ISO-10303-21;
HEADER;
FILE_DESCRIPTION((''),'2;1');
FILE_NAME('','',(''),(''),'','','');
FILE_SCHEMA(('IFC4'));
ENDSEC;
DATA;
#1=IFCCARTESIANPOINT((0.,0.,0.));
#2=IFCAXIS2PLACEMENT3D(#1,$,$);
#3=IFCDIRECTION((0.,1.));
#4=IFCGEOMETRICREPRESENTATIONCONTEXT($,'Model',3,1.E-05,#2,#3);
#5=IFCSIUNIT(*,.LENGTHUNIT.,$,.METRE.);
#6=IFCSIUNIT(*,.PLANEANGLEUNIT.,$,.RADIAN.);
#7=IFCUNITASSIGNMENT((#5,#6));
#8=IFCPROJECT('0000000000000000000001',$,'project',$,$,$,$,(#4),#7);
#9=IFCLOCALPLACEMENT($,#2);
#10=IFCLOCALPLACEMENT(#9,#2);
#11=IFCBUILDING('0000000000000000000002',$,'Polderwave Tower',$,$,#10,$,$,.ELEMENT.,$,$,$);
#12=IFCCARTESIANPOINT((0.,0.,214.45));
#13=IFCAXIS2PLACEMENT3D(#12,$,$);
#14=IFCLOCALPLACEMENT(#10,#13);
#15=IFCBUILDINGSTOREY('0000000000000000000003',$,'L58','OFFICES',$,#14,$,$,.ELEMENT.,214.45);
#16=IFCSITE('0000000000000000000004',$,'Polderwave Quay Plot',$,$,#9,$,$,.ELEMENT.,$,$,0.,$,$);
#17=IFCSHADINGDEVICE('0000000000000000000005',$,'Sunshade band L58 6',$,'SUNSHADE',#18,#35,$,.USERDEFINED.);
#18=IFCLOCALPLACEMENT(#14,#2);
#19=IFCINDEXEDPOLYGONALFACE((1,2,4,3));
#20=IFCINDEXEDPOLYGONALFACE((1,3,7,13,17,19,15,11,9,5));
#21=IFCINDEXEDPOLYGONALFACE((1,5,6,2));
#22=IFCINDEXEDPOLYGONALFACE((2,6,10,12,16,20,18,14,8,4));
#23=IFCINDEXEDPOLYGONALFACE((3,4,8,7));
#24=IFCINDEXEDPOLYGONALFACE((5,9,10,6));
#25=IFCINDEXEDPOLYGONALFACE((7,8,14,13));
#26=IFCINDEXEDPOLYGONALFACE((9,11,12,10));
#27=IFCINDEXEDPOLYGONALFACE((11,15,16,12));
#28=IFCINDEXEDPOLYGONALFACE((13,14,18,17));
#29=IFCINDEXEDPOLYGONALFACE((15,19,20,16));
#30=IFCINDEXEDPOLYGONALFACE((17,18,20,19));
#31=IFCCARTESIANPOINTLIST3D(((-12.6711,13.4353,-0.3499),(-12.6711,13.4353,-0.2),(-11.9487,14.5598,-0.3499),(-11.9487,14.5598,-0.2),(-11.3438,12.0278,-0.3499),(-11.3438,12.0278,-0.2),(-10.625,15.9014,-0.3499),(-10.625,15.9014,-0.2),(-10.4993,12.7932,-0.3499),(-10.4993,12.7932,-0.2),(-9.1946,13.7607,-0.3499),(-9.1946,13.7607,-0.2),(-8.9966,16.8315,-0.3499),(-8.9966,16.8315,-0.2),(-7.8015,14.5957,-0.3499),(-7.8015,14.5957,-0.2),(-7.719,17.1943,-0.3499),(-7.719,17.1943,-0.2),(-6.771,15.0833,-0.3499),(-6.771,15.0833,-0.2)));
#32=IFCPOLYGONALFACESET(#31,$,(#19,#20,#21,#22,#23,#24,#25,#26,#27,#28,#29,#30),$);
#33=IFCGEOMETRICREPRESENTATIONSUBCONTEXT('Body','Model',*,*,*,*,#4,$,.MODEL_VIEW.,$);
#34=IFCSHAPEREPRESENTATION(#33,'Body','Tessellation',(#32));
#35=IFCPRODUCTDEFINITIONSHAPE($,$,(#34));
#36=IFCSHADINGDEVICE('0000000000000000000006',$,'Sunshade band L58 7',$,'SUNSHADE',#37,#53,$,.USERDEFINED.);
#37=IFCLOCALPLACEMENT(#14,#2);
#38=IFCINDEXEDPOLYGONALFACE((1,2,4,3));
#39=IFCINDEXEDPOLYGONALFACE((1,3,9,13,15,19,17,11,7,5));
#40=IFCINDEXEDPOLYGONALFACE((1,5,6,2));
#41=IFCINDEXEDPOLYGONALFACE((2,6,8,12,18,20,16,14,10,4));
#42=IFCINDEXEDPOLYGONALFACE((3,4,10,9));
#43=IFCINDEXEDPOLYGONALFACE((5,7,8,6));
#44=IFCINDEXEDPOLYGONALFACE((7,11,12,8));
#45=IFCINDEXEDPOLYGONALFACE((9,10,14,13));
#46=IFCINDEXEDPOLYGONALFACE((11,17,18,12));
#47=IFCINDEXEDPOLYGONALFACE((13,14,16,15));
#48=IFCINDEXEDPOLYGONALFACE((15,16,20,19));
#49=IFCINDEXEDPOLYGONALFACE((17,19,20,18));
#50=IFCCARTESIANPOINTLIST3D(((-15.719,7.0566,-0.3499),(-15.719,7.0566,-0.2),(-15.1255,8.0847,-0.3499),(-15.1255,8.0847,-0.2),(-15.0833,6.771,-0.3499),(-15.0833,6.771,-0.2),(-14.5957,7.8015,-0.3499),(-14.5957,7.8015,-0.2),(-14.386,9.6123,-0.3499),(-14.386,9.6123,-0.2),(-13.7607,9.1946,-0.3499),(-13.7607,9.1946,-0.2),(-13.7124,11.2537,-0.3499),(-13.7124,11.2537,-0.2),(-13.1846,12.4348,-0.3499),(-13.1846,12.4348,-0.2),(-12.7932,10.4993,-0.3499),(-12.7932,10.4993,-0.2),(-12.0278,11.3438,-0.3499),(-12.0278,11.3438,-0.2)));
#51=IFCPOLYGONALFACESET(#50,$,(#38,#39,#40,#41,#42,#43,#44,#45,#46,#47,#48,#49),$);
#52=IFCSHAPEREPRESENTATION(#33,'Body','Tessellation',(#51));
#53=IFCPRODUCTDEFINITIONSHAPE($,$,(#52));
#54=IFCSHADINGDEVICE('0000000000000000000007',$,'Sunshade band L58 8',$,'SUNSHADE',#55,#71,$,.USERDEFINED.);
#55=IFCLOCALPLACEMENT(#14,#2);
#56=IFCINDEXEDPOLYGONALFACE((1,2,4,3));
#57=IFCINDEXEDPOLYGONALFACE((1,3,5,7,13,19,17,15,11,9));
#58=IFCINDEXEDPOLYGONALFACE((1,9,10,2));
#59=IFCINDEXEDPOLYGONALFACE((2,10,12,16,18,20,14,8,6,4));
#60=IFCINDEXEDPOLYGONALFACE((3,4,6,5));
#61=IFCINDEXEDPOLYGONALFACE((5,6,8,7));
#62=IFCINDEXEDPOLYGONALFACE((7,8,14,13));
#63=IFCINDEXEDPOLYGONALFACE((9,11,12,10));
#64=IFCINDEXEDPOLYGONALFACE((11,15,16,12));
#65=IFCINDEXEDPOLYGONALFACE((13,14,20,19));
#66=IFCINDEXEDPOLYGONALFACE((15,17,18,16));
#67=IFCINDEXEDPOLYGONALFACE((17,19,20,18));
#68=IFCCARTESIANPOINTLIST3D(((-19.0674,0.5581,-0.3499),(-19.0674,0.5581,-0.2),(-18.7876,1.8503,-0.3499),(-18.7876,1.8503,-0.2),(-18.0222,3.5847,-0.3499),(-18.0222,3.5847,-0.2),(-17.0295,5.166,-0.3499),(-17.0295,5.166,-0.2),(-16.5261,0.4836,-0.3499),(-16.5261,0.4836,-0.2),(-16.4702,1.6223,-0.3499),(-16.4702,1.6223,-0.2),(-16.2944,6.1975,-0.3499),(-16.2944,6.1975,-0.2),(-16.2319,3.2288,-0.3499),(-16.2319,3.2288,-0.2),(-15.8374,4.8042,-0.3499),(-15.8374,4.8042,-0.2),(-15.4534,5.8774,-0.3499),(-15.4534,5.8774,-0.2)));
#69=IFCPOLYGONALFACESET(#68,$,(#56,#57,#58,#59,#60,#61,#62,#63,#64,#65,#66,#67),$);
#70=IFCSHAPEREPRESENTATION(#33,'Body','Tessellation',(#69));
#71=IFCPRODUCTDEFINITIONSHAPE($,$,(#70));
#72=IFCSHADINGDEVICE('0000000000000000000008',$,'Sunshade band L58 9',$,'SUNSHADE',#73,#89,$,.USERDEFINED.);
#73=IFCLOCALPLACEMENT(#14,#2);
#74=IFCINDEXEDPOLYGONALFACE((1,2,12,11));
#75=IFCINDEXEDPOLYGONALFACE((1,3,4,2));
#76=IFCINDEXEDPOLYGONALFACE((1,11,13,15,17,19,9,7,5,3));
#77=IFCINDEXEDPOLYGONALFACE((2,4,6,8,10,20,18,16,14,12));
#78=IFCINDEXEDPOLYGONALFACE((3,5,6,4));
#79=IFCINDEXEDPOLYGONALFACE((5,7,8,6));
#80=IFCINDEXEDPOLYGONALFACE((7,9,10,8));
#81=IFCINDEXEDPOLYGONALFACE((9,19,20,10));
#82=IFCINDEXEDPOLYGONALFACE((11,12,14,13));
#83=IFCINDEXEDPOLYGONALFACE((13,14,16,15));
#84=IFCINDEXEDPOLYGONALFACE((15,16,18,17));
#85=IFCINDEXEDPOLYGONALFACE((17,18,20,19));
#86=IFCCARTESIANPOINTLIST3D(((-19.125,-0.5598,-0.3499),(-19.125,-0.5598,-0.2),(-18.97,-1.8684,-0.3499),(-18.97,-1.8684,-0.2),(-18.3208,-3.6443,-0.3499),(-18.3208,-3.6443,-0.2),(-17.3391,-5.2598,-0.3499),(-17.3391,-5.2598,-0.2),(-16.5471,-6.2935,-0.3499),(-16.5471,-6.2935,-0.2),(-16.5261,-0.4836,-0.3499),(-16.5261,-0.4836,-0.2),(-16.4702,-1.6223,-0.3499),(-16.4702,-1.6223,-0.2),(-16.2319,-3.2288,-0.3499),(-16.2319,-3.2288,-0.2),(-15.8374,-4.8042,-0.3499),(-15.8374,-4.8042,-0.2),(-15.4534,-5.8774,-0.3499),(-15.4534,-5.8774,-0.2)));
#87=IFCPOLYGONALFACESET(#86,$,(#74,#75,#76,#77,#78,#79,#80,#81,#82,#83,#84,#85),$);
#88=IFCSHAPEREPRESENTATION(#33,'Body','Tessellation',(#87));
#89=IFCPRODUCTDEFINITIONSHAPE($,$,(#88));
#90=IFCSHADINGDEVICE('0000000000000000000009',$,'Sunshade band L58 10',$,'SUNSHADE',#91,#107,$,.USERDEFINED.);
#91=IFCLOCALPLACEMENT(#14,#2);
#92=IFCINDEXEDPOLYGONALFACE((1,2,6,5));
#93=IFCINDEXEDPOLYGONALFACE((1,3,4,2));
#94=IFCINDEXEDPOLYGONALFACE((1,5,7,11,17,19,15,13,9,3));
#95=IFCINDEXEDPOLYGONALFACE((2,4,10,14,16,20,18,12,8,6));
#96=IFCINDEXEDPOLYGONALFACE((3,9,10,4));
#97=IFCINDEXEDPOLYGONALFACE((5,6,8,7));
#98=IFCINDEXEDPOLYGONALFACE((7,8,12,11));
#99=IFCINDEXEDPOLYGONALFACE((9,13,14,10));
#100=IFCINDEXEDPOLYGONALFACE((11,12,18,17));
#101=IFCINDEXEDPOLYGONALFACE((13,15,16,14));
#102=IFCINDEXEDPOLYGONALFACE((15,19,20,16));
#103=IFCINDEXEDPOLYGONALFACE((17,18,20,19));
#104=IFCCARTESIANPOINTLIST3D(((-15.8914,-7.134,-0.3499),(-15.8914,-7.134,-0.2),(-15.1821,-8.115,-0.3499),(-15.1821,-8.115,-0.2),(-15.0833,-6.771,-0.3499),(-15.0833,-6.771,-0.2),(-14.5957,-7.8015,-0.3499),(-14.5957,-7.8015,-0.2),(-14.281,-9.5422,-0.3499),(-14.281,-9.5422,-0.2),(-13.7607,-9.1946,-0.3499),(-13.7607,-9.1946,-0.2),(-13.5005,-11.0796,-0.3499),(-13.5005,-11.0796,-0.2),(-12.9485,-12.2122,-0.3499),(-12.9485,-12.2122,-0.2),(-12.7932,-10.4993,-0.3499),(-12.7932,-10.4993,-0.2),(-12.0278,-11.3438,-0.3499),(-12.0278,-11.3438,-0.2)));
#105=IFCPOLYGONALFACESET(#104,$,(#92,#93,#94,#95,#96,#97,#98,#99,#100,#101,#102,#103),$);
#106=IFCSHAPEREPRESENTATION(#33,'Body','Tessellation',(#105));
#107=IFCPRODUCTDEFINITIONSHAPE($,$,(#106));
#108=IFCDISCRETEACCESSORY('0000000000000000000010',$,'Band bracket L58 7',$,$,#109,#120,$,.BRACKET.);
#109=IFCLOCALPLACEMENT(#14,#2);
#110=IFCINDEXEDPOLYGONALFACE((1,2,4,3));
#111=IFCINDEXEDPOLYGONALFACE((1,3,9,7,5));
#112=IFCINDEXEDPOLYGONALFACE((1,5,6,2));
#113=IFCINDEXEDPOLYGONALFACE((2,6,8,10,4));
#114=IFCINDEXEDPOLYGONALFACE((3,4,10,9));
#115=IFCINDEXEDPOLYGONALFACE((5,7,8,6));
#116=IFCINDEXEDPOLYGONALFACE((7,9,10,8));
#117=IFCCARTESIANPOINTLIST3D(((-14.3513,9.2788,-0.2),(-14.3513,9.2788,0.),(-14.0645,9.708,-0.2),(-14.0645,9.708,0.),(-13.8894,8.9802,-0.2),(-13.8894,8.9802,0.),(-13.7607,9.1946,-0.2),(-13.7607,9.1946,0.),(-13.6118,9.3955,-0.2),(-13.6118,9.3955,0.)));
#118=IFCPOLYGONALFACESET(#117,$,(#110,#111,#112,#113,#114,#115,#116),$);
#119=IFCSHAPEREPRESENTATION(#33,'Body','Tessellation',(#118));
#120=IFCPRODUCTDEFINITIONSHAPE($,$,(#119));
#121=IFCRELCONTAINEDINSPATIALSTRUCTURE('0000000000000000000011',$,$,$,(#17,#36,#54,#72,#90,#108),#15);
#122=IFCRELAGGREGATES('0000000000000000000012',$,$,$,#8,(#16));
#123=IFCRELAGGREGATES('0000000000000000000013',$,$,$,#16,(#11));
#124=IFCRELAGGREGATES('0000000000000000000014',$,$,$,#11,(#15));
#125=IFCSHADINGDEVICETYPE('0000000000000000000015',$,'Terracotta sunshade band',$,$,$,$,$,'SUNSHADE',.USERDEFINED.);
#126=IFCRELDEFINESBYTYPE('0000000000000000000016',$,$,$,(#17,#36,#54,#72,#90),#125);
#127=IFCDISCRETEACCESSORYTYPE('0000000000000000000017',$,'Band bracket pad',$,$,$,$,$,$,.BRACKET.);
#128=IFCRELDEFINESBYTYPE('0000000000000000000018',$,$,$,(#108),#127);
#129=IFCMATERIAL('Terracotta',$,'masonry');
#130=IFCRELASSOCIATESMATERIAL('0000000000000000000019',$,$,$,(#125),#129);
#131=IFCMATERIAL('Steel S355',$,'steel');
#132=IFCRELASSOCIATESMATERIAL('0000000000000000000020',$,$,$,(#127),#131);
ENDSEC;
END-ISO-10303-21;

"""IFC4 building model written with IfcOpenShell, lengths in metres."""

from ifc_helpers import new_model, si_unit, direction, frame, origin, place, context, subcontext, project, spatial, polyline, outline, extrude, material, type_object, element, save


model = new_model("IFC4")

# Units and contexts
model_context = context("Model", 3, precision=1e-05, world=origin(), true_north=direction((0.0, 1.0)))
body_context = subcontext(model_context, "Body", "Model", "MODEL_VIEW")
ifc_project = project(units=[si_unit("LENGTHUNIT", "METRE"), si_unit("PLANEANGLEUNIT", "RADIAN")], contexts=[model_context])

# Site, building, storey
site_placement = place(None, origin())
site = spatial("IfcSite", under=ifc_project, at=site_placement, Name="Polderwave Quay Plot", CompositionType="ELEMENT", RefElevation=0.0)
building_placement = place(site_placement, origin())
building = spatial("IfcBuilding", under=site, at=building_placement, Name="Polderwave Tower", CompositionType="ELEMENT")
storey_placement = place(building_placement, frame((0.0, 0.0, 214.45)))
storey = spatial("IfcBuildingStorey", under=building, at=storey_placement, Name="L58", Description="OFFICES", CompositionType="ELEMENT", Elevation=214.45)

# Shading devices
ifc_material_1 = material(Name="Terracotta", Category="masonry")
shading_device_type = type_object("IfcShadingDeviceType", Name="Terracotta sunshade band", ElementType="SUNSHADE", PredefinedType="USERDEFINED", material=ifc_material_1)
shading_device_1_placement = place(storey_placement, frame((0.0, 0.0, -0.3499)))
element("IfcShadingDevice", 1, at=shading_device_1_placement, inside=storey, type_object=shading_device_type, Name="Sunshade band L58 6", ObjectType="SUNSHADE", PredefinedType="USERDEFINED", context=body_context, shape_type="SweptSolid", body=[
    extrude(outline(polyline([(-6.771, 15.0833), (-7.8015, 14.5957), (-9.1946, 13.7607), (-10.4993, 12.7932), (-11.3438, 12.0278), (-12.6711, 13.4353), (-11.9487, 14.5598), (-10.625, 15.9014), (-8.9966, 16.8315), (-7.719, 17.1943), (-6.771, 15.0833)])), origin(), (0.0, 0.0, 1.0), 0.1499),
])
shading_device_2_placement = place(storey_placement, frame((0.0, 0.0, -0.3499)))
element("IfcShadingDevice", 2, at=shading_device_2_placement, inside=storey, type_object=shading_device_type, Name="Sunshade band L58 7", ObjectType="SUNSHADE", PredefinedType="USERDEFINED", context=body_context, shape_type="SweptSolid", body=[
    extrude(outline(polyline([(-12.0278, 11.3438), (-12.7932, 10.4993), (-13.7607, 9.1946), (-14.5957, 7.8015), (-15.0833, 6.771), (-15.719, 7.0566), (-15.1255, 8.0847), (-14.386, 9.6123), (-13.7124, 11.2537), (-13.1846, 12.4348), (-12.0278, 11.3438)])), origin(), (0.0, 0.0, 1.0), 0.1499),
])
shading_device_3_placement = place(storey_placement, frame((0.0, 0.0, -0.3499)))
element("IfcShadingDevice", 3, at=shading_device_3_placement, inside=storey, type_object=shading_device_type, Name="Sunshade band L58 8", ObjectType="SUNSHADE", PredefinedType="USERDEFINED", context=body_context, shape_type="SweptSolid", body=[
    extrude(outline(polyline([(-15.4534, 5.8774), (-15.8374, 4.8042), (-16.2319, 3.2288), (-16.4702, 1.6223), (-16.5261, 0.4836), (-19.0674, 0.5581), (-18.7876, 1.8503), (-18.0222, 3.5847), (-17.0295, 5.166), (-16.2944, 6.1975), (-15.4534, 5.8774)])), origin(), (0.0, 0.0, 1.0), 0.1499),
])
shading_device_4_placement = place(storey_placement, frame((0.0, 0.0, -0.3499)))
element("IfcShadingDevice", 4, at=shading_device_4_placement, inside=storey, type_object=shading_device_type, Name="Sunshade band L58 9", ObjectType="SUNSHADE", PredefinedType="USERDEFINED", context=body_context, shape_type="SweptSolid", body=[
    extrude(outline(polyline([(-16.5261, -0.4836), (-16.4702, -1.6223), (-16.2319, -3.2288), (-15.8374, -4.8042), (-15.4534, -5.8774), (-16.5471, -6.2935), (-17.3391, -5.2598), (-18.3208, -3.6443), (-18.97, -1.8684), (-19.125, -0.5598), (-16.5261, -0.4836)])), origin(), (0.0, 0.0, 1.0), 0.1499),
])
shading_device_5_placement = place(storey_placement, frame((0.0, 0.0, -0.3499)))
element("IfcShadingDevice", 5, at=shading_device_5_placement, inside=storey, type_object=shading_device_type, Name="Sunshade band L58 10", ObjectType="SUNSHADE", PredefinedType="USERDEFINED", context=body_context, shape_type="SweptSolid", body=[
    extrude(outline(polyline([(-15.0833, -6.771), (-14.5957, -7.8015), (-13.7607, -9.1946), (-12.7932, -10.4993), (-12.0278, -11.3438), (-12.9485, -12.2122), (-13.5005, -11.0796), (-14.281, -9.5422), (-15.1821, -8.115), (-15.8914, -7.134), (-15.0833, -6.771)])), origin(), (0.0, 0.0, 1.0), 0.1499),
])

# Discrete accessory
ifc_material_2 = material(Name="Steel S355", Category="steel")
discrete_accessory_type = type_object("IfcDiscreteAccessoryType", Name="Band bracket pad", PredefinedType="BRACKET", material=ifc_material_2)
discrete_accessory_placement = place(storey_placement, frame((0.0, 0.0, -0.2)))
element("IfcDiscreteAccessory", 6, at=discrete_accessory_placement, inside=storey, type_object=discrete_accessory_type, Name="Band bracket L58 7", PredefinedType="BRACKET", context=body_context, shape_type="SweptSolid", body=[
    extrude(outline(polyline([(-13.6118, 9.3955), (-13.7607, 9.1946), (-13.8894, 8.9802), (-14.3513, 9.2788), (-14.0645, 9.708), (-13.6118, 9.3955)])), origin(), (0.0, 0.0, 1.0), 0.2),
])

save(model, "model.ifc")
